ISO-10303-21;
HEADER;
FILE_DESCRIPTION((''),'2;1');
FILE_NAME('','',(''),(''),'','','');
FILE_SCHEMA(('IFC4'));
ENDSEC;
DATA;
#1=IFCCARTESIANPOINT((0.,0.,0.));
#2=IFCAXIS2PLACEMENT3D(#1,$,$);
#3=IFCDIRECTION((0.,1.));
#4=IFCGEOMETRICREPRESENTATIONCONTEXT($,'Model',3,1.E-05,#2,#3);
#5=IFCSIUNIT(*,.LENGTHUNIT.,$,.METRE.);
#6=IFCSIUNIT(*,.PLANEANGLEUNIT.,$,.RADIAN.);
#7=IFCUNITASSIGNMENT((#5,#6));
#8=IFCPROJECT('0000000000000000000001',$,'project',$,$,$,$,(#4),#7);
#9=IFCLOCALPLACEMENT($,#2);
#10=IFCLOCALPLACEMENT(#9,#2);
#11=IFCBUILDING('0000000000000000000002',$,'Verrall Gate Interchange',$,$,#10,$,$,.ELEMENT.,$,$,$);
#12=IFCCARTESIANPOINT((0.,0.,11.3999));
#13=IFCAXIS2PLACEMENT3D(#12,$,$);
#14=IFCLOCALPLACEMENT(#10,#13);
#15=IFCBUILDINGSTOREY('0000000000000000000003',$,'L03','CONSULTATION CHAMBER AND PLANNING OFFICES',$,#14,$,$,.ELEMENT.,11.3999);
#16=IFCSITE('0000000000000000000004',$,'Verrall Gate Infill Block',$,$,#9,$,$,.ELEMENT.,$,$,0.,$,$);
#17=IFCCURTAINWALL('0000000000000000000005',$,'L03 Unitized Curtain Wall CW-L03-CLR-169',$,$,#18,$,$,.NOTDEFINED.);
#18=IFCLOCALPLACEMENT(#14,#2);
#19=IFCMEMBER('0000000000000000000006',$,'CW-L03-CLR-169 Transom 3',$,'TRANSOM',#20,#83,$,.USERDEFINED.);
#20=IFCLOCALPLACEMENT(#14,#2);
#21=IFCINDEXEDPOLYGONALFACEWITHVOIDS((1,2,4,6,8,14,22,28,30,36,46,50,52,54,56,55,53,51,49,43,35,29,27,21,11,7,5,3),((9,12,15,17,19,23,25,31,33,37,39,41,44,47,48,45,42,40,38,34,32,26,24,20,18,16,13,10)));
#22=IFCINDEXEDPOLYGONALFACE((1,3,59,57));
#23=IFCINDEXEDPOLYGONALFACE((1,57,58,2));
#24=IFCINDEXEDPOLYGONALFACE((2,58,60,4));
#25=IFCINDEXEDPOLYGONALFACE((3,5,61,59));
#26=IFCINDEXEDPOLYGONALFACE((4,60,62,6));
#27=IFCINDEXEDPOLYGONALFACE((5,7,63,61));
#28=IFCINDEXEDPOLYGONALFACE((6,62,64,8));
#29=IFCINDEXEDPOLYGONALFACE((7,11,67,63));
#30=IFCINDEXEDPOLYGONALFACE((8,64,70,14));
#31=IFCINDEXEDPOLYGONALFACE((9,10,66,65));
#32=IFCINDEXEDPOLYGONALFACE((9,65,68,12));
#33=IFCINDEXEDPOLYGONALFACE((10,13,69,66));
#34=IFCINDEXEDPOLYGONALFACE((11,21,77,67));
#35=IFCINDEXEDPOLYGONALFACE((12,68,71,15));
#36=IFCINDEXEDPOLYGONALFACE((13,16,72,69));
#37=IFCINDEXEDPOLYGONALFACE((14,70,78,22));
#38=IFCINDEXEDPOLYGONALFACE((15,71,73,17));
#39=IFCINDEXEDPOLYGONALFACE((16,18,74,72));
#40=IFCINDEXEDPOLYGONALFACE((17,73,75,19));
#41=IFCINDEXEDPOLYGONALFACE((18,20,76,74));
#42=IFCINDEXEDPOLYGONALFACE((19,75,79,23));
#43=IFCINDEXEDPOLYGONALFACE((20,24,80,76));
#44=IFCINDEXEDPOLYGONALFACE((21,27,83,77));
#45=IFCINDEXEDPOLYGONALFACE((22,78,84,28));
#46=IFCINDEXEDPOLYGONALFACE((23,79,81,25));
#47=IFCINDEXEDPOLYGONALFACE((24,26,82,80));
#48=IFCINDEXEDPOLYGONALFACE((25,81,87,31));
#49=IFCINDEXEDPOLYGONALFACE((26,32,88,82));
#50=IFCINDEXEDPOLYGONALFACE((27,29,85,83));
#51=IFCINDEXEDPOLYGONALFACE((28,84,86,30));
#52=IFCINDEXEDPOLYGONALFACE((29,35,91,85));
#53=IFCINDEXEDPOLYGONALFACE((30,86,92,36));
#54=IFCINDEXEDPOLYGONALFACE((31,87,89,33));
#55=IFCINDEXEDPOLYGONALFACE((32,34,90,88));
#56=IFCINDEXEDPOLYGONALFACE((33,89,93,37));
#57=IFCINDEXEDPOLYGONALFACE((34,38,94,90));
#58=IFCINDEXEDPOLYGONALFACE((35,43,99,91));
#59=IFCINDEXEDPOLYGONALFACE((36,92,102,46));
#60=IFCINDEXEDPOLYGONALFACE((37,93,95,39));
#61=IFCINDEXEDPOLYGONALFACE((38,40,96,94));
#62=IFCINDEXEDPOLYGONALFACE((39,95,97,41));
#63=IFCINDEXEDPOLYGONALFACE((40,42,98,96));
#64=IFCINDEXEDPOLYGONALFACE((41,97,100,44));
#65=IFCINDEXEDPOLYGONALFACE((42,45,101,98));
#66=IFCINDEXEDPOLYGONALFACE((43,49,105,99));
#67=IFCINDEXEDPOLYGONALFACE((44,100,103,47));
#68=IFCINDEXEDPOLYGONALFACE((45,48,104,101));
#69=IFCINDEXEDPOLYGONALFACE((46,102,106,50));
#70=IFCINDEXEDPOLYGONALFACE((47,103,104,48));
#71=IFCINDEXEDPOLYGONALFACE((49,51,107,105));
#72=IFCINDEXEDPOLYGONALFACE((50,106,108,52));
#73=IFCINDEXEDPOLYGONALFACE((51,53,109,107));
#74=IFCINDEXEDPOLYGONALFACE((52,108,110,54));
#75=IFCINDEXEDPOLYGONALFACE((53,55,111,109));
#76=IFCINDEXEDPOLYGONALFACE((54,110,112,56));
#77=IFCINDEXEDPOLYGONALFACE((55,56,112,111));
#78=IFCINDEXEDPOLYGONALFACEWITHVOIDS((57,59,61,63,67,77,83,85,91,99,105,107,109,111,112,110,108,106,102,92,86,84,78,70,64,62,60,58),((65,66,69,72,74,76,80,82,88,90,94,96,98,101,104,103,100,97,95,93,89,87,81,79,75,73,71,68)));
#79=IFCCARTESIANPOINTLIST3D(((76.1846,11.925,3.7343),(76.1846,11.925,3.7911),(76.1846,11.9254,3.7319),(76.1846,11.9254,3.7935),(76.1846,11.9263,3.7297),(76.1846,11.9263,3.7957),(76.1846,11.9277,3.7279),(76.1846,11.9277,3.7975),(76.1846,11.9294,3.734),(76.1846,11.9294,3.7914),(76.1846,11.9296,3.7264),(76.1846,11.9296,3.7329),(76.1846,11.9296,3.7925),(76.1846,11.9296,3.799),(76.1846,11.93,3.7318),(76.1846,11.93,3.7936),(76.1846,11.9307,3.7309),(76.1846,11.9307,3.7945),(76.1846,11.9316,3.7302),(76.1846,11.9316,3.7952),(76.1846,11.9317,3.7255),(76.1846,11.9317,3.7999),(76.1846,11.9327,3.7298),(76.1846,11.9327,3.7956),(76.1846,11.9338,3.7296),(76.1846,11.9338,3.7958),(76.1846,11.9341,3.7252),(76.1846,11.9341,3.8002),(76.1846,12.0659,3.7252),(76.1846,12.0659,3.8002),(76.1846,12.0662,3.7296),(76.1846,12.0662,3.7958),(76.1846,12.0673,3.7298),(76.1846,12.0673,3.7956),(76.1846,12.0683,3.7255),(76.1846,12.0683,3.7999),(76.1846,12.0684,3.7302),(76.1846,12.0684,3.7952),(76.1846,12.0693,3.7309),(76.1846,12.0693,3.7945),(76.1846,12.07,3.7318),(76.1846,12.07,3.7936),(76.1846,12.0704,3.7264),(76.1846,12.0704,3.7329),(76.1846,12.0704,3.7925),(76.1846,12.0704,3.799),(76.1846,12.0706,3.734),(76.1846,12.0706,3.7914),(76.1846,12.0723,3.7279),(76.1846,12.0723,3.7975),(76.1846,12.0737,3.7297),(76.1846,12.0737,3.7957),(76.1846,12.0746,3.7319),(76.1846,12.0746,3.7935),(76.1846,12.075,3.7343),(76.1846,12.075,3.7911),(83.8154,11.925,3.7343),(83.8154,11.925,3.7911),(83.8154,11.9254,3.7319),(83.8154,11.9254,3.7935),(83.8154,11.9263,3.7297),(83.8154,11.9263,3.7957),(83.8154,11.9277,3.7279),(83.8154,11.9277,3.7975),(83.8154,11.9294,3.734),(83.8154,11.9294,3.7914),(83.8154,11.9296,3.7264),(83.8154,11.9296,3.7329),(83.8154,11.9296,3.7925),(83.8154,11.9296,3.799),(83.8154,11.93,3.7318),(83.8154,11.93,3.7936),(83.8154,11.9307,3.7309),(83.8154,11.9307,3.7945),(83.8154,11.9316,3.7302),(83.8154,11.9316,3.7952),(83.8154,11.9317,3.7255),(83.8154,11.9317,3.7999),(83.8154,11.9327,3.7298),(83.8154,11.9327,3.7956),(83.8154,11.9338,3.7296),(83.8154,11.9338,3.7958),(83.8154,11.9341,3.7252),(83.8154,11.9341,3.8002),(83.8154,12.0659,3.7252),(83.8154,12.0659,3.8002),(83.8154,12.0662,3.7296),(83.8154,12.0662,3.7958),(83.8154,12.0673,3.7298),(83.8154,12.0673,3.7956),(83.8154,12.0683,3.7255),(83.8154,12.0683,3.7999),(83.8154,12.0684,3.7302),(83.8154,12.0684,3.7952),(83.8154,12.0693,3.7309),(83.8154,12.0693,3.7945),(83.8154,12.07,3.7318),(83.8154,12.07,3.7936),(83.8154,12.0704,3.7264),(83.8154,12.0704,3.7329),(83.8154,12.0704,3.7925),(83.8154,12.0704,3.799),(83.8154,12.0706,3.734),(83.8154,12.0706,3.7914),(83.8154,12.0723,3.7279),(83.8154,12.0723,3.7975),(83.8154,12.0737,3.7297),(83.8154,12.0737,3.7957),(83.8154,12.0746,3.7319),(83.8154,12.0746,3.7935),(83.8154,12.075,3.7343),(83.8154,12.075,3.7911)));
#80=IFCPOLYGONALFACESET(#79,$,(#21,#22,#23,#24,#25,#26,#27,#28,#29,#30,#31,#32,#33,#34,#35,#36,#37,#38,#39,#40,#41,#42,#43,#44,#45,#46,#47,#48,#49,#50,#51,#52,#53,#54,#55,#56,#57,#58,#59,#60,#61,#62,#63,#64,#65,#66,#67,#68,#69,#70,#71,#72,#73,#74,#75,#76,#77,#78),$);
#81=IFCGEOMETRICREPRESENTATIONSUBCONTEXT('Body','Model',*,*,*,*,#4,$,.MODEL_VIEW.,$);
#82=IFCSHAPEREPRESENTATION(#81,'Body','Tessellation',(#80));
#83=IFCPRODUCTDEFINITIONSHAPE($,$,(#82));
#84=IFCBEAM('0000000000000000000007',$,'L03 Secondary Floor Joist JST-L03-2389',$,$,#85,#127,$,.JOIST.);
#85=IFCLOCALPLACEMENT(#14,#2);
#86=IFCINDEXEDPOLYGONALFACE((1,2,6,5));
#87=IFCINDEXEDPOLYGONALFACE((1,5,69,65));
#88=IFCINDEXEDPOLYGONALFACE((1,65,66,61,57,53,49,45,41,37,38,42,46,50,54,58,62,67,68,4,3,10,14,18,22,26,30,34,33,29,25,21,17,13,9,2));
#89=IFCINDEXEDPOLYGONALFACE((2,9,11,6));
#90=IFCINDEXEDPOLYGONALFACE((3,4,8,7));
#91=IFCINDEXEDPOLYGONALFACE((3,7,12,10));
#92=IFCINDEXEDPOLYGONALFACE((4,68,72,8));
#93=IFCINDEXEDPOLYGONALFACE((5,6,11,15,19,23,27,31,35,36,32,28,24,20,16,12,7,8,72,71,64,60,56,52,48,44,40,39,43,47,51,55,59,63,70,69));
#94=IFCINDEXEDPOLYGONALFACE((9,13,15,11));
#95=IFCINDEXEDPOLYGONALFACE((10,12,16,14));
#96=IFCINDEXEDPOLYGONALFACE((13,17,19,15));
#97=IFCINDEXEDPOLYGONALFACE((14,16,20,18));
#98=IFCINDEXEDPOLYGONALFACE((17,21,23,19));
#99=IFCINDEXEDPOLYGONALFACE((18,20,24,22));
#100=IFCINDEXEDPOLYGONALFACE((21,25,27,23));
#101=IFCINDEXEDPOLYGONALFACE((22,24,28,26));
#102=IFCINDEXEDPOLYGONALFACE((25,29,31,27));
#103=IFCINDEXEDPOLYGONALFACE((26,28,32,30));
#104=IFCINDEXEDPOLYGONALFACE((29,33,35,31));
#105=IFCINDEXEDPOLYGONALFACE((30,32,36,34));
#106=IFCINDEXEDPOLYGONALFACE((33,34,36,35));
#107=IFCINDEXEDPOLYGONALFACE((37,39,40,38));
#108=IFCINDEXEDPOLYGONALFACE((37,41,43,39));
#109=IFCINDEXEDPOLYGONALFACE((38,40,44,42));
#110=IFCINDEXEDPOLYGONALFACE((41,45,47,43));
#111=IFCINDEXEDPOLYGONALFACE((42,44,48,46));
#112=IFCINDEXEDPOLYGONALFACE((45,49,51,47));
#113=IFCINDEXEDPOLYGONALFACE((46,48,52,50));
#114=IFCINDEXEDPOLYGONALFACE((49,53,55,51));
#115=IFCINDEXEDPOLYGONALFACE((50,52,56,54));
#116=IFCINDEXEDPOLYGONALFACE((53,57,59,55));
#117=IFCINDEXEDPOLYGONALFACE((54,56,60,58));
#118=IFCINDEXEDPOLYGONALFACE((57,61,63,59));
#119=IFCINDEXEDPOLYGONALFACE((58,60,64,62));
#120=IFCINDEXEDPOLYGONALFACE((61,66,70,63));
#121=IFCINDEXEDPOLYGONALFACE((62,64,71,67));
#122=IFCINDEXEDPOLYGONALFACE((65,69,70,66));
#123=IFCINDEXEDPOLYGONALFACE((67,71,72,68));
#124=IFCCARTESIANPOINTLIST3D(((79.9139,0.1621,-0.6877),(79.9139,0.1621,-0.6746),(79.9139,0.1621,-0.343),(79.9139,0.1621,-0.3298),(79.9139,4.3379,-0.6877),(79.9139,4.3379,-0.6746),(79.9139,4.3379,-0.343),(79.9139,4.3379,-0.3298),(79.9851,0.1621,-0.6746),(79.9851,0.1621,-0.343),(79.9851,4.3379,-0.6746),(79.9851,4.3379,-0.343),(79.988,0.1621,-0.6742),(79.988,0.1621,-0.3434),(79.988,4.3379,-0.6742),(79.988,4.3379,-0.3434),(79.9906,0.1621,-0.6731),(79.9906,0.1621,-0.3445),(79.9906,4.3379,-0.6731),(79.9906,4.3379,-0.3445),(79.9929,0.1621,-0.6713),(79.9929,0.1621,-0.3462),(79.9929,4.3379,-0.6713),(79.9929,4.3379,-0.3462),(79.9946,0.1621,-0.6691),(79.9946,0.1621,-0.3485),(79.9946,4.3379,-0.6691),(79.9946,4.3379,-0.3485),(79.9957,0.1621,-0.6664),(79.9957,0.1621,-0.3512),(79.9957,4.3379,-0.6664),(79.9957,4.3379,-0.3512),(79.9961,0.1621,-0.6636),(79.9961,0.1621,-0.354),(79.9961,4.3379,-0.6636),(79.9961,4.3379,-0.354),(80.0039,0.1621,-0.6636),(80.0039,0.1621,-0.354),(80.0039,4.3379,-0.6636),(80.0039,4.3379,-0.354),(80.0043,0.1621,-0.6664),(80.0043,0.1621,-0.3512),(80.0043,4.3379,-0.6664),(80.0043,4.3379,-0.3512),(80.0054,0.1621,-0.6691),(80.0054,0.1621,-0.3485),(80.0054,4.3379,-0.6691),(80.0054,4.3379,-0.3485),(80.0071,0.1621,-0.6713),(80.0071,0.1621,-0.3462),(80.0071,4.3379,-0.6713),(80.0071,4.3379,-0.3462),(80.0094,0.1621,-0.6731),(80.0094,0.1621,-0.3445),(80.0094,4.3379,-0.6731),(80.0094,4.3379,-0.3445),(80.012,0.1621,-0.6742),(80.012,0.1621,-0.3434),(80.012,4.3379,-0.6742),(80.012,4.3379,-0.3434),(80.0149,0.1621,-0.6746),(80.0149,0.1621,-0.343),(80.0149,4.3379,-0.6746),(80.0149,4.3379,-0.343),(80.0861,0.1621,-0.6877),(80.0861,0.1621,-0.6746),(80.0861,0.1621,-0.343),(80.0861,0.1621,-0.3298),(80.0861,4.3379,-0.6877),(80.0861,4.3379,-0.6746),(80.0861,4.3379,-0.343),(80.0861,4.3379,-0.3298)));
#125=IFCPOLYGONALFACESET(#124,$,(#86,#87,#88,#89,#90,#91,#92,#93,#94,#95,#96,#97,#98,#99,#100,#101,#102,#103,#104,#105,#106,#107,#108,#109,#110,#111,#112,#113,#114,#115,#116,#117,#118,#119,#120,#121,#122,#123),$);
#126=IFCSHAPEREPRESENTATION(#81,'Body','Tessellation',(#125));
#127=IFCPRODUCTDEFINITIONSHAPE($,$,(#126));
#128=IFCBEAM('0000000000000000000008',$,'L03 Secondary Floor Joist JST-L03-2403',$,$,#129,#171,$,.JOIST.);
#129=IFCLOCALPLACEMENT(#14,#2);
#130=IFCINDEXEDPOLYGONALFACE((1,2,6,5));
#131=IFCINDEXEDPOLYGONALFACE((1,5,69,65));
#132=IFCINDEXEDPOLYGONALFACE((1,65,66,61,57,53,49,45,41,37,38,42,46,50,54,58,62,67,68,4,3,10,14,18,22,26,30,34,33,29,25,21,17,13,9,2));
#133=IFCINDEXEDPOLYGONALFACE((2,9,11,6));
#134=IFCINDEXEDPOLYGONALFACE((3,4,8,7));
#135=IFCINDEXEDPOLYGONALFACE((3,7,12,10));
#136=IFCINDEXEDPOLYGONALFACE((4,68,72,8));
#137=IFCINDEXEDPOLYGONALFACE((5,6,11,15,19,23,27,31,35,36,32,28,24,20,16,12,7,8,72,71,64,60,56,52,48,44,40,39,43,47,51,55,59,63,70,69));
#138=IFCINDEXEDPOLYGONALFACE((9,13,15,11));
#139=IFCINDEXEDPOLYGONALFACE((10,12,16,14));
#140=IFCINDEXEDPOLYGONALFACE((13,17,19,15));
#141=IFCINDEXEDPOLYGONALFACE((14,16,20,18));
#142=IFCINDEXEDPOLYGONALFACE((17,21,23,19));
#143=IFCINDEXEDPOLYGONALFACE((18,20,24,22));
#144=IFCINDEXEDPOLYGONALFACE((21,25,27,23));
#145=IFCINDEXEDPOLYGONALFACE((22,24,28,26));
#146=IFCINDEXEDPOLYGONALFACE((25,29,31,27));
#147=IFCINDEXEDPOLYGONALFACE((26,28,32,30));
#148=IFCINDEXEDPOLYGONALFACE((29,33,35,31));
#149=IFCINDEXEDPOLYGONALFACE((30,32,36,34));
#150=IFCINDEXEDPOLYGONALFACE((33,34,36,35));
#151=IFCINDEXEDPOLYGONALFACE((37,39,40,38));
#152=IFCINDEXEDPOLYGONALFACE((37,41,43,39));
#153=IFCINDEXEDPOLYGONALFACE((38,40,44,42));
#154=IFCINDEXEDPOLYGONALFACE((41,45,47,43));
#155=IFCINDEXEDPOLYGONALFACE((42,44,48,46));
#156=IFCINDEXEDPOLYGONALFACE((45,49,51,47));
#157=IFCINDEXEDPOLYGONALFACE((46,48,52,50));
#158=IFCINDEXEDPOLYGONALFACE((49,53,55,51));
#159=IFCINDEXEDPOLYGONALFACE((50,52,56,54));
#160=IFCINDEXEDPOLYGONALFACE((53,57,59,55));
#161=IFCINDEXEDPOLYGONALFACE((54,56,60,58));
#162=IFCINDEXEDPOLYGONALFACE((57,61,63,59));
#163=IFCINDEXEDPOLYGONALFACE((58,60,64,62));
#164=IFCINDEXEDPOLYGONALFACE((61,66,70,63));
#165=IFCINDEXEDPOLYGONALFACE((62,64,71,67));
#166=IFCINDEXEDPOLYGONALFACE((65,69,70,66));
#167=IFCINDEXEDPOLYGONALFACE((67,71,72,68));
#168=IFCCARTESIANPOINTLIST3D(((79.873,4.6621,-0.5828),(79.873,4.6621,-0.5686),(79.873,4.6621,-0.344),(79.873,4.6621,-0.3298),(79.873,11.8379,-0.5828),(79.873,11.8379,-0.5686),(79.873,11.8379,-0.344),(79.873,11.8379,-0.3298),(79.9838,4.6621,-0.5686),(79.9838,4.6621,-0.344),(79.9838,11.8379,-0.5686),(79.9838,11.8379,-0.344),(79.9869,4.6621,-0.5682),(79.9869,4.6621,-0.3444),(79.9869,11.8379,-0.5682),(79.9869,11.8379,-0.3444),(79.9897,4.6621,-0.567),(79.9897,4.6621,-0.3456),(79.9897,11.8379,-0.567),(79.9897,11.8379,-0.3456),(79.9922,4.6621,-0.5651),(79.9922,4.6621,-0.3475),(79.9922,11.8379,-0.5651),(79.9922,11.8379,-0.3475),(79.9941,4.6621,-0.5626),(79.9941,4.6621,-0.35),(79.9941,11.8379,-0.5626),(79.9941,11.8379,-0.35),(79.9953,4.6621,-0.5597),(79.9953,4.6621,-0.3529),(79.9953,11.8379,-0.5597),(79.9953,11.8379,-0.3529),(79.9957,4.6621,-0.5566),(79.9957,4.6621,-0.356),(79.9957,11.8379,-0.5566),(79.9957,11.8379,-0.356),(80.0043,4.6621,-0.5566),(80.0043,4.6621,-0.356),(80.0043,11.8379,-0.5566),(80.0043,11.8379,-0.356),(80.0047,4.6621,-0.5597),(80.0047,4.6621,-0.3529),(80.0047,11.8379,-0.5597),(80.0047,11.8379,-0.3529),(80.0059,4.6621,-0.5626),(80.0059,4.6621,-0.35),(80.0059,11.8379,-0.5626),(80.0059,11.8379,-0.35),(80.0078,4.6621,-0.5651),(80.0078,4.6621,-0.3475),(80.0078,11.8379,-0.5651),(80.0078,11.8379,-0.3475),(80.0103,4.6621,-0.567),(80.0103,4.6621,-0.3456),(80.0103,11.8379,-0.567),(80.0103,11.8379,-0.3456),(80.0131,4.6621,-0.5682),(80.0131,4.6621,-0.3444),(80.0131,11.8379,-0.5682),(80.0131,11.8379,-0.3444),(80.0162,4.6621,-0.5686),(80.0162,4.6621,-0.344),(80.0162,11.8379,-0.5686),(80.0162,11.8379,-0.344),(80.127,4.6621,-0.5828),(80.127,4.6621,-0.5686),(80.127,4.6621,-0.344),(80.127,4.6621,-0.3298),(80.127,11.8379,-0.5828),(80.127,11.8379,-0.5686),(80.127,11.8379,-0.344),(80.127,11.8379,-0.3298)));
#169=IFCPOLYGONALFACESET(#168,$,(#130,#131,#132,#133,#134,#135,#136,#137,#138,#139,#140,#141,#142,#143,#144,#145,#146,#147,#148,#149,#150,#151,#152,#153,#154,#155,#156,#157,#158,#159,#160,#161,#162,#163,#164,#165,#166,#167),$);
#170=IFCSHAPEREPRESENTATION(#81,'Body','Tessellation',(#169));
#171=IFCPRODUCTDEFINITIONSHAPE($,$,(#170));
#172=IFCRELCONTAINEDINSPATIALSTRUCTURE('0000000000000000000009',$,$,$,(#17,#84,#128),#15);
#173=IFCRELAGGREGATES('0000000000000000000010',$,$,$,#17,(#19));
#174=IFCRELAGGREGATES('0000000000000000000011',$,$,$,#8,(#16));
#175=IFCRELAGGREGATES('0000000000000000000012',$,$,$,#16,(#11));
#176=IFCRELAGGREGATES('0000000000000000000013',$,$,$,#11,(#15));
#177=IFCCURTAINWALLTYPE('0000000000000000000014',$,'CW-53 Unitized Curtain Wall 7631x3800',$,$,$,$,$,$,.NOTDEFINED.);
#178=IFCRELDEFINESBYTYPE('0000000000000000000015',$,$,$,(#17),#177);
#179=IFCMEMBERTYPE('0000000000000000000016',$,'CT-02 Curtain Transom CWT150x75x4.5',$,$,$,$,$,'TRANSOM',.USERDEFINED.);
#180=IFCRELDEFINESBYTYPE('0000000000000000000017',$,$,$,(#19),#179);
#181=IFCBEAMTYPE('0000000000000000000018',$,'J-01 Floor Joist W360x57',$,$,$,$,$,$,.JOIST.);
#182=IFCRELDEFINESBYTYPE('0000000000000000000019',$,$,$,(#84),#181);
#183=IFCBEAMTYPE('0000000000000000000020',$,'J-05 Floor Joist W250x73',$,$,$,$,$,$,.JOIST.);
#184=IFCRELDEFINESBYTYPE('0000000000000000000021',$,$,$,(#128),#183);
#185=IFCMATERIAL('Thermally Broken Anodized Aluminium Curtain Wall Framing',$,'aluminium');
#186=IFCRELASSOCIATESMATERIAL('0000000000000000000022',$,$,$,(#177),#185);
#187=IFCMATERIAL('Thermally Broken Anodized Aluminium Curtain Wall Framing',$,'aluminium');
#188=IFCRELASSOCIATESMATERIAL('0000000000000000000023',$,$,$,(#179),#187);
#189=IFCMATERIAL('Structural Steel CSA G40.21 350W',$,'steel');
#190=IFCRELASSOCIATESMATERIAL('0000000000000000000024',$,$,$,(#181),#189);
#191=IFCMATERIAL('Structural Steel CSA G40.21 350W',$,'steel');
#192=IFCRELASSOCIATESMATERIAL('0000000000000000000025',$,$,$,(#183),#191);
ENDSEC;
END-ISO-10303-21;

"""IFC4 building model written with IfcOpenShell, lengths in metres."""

from ifc_helpers import new_model, si_unit, direction, frame, origin, origin_2d, place, context, subcontext, project, spatial, hollow_rectangle, i_section, extrude, material, material_profile, profile_set, type_object, element, aggregate, save


model = new_model("IFC4")

# Units and contexts
model_context = context("Model", 3, precision=1e-05, world=origin(), true_north=direction((0.0, 1.0)))
body_context = subcontext(model_context, "Body", "Model", "MODEL_VIEW")
ifc_project = project(units=[si_unit("LENGTHUNIT", "METRE"), si_unit("PLANEANGLEUNIT", "RADIAN")], contexts=[model_context])

# Site, building, storey
site_placement = place(None, origin())
site = spatial("IfcSite", under=ifc_project, at=site_placement, Name="Verrall Gate Infill Block", CompositionType="ELEMENT", RefElevation=0.0)
building_placement = place(site_placement, origin())
building = spatial("IfcBuilding", under=site, at=building_placement, Name="Verrall Gate Interchange", CompositionType="ELEMENT")
storey_placement = place(building_placement, frame((0.0, 0.0, 11.3999)))
storey = spatial("IfcBuildingStorey", under=building, at=storey_placement, Name="L03", Description="CONSULTATION CHAMBER AND PLANNING OFFICES", CompositionType="ELEMENT", Elevation=11.3999)

# Curtain wall, member
ifc_material_1 = material(Name="Thermally Broken Anodized Aluminium Curtain Wall Framing", Category="aluminium")
curtain_wall_type = type_object("IfcCurtainWallType", Name="CW-53 Unitized Curtain Wall 7631x3800", PredefinedType="NOTDEFINED", material=ifc_material_1)
curtain_wall_placement = place(storey_placement, origin())
curtain_wall = element("IfcCurtainWall", 1, at=curtain_wall_placement, inside=storey, type_object=curtain_wall_type, Name="L03 Unitized Curtain Wall CW-L03-CLR-169", PredefinedType="NOTDEFINED")
ifc_material_2 = material(Name="Thermally Broken Anodized Aluminium Curtain Wall Framing", Category="aluminium")
ifc_material_profile_1 = material_profile(ifc_material_2, hollow_rectangle(XDim=0.1499, YDim=0.075, WallThickness=0.0044, InnerFilletRadius=0.0044, OuterFilletRadius=0.009, at=origin_2d()), Name="CWT150x75x4.5")
ifc_profile_set_1 = profile_set([ifc_material_profile_1], Name="Thermally Broken Anodized Aluminium Curtain Wall Framing")
member_type_1 = type_object("IfcMemberType", Name="CT-02 Curtain Transom CWT150x75x4.5", ElementType="TRANSOM", PredefinedType="USERDEFINED", material=ifc_profile_set_1)
member_1_placement = place(storey_placement, frame((76.1846, 12.0, 3.7627), z_axis=(1.0, 0.0, 0.0), x_axis=(0.0, 1.0, 0.0)))
member_1 = element("IfcMember", 2, at=member_1_placement, type_object=member_type_1, Name="CW-L03-CLR-169 Transom 3", ObjectType="TRANSOM", PredefinedType="USERDEFINED", context=body_context, shape_type="SweptSolid", body=[
    extrude(hollow_rectangle(XDim=0.1499, YDim=0.075, WallThickness=0.0044, InnerFilletRadius=0.0044, OuterFilletRadius=0.009, at=origin_2d()), origin(), (0.0, 0.0, 1.0), 7.6309),
])

# Beams
ifc_material_3 = material(Name="Structural Steel CSA G40.21 350W", Category="steel")
ifc_material_profile_2 = material_profile(ifc_material_3, i_section(OverallWidth=0.1721, OverallDepth=0.3579, WebThickness=0.0078, FlangeThickness=0.0132, FilletRadius=0.011, at=origin_2d()), Name="W360x57")
ifc_profile_set_2 = profile_set([ifc_material_profile_2], Name="Structural Steel CSA G40.21 350W")
beam_type_1 = type_object("IfcBeamType", Name="J-01 Floor Joist W360x57", PredefinedType="JOIST", material=ifc_profile_set_2)
beam_1_placement = place(storey_placement, frame((80.0, 0.1621, -0.5088), z_axis=(0.0, 1.0, 0.0), x_axis=(-1.0, 0.0, 0.0)))
element("IfcBeam", 3, at=beam_1_placement, inside=storey, type_object=beam_type_1, Name="L03 Secondary Floor Joist JST-L03-2389", PredefinedType="JOIST", context=body_context, shape_type="SweptSolid", body=[
    extrude(i_section(OverallWidth=0.1721, OverallDepth=0.3579, WebThickness=0.0078, FlangeThickness=0.0132, FilletRadius=0.011, at=origin_2d()), origin(), (0.0, 0.0, 1.0), 4.1758),
])
ifc_material_4 = material(Name="Structural Steel CSA G40.21 350W", Category="steel")
ifc_material_profile_3 = material_profile(ifc_material_4, i_section(OverallWidth=0.2539, OverallDepth=0.2529, WebThickness=0.0085, FlangeThickness=0.0142, FilletRadius=0.012, at=origin_2d()), Name="W250x73")
ifc_profile_set_3 = profile_set([ifc_material_profile_3], Name="Structural Steel CSA G40.21 350W")
beam_type_2 = type_object("IfcBeamType", Name="J-05 Floor Joist W250x73", PredefinedType="JOIST", material=ifc_profile_set_3)
beam_2_placement = place(storey_placement, frame((80.0, 4.6621, -0.4563), z_axis=(0.0, 1.0, 0.0), x_axis=(-1.0, 0.0, 0.0)))
element("IfcBeam", 4, at=beam_2_placement, inside=storey, type_object=beam_type_2, Name="L03 Secondary Floor Joist JST-L03-2403", PredefinedType="JOIST", context=body_context, shape_type="SweptSolid", body=[
    extrude(i_section(OverallWidth=0.2539, OverallDepth=0.2529, WebThickness=0.0085, FlangeThickness=0.0142, FilletRadius=0.012, at=origin_2d()), origin(), (0.0, 0.0, 1.0), 7.1758),
])

aggregate(curtain_wall, [member_1])

save(model, "model.ifc")
